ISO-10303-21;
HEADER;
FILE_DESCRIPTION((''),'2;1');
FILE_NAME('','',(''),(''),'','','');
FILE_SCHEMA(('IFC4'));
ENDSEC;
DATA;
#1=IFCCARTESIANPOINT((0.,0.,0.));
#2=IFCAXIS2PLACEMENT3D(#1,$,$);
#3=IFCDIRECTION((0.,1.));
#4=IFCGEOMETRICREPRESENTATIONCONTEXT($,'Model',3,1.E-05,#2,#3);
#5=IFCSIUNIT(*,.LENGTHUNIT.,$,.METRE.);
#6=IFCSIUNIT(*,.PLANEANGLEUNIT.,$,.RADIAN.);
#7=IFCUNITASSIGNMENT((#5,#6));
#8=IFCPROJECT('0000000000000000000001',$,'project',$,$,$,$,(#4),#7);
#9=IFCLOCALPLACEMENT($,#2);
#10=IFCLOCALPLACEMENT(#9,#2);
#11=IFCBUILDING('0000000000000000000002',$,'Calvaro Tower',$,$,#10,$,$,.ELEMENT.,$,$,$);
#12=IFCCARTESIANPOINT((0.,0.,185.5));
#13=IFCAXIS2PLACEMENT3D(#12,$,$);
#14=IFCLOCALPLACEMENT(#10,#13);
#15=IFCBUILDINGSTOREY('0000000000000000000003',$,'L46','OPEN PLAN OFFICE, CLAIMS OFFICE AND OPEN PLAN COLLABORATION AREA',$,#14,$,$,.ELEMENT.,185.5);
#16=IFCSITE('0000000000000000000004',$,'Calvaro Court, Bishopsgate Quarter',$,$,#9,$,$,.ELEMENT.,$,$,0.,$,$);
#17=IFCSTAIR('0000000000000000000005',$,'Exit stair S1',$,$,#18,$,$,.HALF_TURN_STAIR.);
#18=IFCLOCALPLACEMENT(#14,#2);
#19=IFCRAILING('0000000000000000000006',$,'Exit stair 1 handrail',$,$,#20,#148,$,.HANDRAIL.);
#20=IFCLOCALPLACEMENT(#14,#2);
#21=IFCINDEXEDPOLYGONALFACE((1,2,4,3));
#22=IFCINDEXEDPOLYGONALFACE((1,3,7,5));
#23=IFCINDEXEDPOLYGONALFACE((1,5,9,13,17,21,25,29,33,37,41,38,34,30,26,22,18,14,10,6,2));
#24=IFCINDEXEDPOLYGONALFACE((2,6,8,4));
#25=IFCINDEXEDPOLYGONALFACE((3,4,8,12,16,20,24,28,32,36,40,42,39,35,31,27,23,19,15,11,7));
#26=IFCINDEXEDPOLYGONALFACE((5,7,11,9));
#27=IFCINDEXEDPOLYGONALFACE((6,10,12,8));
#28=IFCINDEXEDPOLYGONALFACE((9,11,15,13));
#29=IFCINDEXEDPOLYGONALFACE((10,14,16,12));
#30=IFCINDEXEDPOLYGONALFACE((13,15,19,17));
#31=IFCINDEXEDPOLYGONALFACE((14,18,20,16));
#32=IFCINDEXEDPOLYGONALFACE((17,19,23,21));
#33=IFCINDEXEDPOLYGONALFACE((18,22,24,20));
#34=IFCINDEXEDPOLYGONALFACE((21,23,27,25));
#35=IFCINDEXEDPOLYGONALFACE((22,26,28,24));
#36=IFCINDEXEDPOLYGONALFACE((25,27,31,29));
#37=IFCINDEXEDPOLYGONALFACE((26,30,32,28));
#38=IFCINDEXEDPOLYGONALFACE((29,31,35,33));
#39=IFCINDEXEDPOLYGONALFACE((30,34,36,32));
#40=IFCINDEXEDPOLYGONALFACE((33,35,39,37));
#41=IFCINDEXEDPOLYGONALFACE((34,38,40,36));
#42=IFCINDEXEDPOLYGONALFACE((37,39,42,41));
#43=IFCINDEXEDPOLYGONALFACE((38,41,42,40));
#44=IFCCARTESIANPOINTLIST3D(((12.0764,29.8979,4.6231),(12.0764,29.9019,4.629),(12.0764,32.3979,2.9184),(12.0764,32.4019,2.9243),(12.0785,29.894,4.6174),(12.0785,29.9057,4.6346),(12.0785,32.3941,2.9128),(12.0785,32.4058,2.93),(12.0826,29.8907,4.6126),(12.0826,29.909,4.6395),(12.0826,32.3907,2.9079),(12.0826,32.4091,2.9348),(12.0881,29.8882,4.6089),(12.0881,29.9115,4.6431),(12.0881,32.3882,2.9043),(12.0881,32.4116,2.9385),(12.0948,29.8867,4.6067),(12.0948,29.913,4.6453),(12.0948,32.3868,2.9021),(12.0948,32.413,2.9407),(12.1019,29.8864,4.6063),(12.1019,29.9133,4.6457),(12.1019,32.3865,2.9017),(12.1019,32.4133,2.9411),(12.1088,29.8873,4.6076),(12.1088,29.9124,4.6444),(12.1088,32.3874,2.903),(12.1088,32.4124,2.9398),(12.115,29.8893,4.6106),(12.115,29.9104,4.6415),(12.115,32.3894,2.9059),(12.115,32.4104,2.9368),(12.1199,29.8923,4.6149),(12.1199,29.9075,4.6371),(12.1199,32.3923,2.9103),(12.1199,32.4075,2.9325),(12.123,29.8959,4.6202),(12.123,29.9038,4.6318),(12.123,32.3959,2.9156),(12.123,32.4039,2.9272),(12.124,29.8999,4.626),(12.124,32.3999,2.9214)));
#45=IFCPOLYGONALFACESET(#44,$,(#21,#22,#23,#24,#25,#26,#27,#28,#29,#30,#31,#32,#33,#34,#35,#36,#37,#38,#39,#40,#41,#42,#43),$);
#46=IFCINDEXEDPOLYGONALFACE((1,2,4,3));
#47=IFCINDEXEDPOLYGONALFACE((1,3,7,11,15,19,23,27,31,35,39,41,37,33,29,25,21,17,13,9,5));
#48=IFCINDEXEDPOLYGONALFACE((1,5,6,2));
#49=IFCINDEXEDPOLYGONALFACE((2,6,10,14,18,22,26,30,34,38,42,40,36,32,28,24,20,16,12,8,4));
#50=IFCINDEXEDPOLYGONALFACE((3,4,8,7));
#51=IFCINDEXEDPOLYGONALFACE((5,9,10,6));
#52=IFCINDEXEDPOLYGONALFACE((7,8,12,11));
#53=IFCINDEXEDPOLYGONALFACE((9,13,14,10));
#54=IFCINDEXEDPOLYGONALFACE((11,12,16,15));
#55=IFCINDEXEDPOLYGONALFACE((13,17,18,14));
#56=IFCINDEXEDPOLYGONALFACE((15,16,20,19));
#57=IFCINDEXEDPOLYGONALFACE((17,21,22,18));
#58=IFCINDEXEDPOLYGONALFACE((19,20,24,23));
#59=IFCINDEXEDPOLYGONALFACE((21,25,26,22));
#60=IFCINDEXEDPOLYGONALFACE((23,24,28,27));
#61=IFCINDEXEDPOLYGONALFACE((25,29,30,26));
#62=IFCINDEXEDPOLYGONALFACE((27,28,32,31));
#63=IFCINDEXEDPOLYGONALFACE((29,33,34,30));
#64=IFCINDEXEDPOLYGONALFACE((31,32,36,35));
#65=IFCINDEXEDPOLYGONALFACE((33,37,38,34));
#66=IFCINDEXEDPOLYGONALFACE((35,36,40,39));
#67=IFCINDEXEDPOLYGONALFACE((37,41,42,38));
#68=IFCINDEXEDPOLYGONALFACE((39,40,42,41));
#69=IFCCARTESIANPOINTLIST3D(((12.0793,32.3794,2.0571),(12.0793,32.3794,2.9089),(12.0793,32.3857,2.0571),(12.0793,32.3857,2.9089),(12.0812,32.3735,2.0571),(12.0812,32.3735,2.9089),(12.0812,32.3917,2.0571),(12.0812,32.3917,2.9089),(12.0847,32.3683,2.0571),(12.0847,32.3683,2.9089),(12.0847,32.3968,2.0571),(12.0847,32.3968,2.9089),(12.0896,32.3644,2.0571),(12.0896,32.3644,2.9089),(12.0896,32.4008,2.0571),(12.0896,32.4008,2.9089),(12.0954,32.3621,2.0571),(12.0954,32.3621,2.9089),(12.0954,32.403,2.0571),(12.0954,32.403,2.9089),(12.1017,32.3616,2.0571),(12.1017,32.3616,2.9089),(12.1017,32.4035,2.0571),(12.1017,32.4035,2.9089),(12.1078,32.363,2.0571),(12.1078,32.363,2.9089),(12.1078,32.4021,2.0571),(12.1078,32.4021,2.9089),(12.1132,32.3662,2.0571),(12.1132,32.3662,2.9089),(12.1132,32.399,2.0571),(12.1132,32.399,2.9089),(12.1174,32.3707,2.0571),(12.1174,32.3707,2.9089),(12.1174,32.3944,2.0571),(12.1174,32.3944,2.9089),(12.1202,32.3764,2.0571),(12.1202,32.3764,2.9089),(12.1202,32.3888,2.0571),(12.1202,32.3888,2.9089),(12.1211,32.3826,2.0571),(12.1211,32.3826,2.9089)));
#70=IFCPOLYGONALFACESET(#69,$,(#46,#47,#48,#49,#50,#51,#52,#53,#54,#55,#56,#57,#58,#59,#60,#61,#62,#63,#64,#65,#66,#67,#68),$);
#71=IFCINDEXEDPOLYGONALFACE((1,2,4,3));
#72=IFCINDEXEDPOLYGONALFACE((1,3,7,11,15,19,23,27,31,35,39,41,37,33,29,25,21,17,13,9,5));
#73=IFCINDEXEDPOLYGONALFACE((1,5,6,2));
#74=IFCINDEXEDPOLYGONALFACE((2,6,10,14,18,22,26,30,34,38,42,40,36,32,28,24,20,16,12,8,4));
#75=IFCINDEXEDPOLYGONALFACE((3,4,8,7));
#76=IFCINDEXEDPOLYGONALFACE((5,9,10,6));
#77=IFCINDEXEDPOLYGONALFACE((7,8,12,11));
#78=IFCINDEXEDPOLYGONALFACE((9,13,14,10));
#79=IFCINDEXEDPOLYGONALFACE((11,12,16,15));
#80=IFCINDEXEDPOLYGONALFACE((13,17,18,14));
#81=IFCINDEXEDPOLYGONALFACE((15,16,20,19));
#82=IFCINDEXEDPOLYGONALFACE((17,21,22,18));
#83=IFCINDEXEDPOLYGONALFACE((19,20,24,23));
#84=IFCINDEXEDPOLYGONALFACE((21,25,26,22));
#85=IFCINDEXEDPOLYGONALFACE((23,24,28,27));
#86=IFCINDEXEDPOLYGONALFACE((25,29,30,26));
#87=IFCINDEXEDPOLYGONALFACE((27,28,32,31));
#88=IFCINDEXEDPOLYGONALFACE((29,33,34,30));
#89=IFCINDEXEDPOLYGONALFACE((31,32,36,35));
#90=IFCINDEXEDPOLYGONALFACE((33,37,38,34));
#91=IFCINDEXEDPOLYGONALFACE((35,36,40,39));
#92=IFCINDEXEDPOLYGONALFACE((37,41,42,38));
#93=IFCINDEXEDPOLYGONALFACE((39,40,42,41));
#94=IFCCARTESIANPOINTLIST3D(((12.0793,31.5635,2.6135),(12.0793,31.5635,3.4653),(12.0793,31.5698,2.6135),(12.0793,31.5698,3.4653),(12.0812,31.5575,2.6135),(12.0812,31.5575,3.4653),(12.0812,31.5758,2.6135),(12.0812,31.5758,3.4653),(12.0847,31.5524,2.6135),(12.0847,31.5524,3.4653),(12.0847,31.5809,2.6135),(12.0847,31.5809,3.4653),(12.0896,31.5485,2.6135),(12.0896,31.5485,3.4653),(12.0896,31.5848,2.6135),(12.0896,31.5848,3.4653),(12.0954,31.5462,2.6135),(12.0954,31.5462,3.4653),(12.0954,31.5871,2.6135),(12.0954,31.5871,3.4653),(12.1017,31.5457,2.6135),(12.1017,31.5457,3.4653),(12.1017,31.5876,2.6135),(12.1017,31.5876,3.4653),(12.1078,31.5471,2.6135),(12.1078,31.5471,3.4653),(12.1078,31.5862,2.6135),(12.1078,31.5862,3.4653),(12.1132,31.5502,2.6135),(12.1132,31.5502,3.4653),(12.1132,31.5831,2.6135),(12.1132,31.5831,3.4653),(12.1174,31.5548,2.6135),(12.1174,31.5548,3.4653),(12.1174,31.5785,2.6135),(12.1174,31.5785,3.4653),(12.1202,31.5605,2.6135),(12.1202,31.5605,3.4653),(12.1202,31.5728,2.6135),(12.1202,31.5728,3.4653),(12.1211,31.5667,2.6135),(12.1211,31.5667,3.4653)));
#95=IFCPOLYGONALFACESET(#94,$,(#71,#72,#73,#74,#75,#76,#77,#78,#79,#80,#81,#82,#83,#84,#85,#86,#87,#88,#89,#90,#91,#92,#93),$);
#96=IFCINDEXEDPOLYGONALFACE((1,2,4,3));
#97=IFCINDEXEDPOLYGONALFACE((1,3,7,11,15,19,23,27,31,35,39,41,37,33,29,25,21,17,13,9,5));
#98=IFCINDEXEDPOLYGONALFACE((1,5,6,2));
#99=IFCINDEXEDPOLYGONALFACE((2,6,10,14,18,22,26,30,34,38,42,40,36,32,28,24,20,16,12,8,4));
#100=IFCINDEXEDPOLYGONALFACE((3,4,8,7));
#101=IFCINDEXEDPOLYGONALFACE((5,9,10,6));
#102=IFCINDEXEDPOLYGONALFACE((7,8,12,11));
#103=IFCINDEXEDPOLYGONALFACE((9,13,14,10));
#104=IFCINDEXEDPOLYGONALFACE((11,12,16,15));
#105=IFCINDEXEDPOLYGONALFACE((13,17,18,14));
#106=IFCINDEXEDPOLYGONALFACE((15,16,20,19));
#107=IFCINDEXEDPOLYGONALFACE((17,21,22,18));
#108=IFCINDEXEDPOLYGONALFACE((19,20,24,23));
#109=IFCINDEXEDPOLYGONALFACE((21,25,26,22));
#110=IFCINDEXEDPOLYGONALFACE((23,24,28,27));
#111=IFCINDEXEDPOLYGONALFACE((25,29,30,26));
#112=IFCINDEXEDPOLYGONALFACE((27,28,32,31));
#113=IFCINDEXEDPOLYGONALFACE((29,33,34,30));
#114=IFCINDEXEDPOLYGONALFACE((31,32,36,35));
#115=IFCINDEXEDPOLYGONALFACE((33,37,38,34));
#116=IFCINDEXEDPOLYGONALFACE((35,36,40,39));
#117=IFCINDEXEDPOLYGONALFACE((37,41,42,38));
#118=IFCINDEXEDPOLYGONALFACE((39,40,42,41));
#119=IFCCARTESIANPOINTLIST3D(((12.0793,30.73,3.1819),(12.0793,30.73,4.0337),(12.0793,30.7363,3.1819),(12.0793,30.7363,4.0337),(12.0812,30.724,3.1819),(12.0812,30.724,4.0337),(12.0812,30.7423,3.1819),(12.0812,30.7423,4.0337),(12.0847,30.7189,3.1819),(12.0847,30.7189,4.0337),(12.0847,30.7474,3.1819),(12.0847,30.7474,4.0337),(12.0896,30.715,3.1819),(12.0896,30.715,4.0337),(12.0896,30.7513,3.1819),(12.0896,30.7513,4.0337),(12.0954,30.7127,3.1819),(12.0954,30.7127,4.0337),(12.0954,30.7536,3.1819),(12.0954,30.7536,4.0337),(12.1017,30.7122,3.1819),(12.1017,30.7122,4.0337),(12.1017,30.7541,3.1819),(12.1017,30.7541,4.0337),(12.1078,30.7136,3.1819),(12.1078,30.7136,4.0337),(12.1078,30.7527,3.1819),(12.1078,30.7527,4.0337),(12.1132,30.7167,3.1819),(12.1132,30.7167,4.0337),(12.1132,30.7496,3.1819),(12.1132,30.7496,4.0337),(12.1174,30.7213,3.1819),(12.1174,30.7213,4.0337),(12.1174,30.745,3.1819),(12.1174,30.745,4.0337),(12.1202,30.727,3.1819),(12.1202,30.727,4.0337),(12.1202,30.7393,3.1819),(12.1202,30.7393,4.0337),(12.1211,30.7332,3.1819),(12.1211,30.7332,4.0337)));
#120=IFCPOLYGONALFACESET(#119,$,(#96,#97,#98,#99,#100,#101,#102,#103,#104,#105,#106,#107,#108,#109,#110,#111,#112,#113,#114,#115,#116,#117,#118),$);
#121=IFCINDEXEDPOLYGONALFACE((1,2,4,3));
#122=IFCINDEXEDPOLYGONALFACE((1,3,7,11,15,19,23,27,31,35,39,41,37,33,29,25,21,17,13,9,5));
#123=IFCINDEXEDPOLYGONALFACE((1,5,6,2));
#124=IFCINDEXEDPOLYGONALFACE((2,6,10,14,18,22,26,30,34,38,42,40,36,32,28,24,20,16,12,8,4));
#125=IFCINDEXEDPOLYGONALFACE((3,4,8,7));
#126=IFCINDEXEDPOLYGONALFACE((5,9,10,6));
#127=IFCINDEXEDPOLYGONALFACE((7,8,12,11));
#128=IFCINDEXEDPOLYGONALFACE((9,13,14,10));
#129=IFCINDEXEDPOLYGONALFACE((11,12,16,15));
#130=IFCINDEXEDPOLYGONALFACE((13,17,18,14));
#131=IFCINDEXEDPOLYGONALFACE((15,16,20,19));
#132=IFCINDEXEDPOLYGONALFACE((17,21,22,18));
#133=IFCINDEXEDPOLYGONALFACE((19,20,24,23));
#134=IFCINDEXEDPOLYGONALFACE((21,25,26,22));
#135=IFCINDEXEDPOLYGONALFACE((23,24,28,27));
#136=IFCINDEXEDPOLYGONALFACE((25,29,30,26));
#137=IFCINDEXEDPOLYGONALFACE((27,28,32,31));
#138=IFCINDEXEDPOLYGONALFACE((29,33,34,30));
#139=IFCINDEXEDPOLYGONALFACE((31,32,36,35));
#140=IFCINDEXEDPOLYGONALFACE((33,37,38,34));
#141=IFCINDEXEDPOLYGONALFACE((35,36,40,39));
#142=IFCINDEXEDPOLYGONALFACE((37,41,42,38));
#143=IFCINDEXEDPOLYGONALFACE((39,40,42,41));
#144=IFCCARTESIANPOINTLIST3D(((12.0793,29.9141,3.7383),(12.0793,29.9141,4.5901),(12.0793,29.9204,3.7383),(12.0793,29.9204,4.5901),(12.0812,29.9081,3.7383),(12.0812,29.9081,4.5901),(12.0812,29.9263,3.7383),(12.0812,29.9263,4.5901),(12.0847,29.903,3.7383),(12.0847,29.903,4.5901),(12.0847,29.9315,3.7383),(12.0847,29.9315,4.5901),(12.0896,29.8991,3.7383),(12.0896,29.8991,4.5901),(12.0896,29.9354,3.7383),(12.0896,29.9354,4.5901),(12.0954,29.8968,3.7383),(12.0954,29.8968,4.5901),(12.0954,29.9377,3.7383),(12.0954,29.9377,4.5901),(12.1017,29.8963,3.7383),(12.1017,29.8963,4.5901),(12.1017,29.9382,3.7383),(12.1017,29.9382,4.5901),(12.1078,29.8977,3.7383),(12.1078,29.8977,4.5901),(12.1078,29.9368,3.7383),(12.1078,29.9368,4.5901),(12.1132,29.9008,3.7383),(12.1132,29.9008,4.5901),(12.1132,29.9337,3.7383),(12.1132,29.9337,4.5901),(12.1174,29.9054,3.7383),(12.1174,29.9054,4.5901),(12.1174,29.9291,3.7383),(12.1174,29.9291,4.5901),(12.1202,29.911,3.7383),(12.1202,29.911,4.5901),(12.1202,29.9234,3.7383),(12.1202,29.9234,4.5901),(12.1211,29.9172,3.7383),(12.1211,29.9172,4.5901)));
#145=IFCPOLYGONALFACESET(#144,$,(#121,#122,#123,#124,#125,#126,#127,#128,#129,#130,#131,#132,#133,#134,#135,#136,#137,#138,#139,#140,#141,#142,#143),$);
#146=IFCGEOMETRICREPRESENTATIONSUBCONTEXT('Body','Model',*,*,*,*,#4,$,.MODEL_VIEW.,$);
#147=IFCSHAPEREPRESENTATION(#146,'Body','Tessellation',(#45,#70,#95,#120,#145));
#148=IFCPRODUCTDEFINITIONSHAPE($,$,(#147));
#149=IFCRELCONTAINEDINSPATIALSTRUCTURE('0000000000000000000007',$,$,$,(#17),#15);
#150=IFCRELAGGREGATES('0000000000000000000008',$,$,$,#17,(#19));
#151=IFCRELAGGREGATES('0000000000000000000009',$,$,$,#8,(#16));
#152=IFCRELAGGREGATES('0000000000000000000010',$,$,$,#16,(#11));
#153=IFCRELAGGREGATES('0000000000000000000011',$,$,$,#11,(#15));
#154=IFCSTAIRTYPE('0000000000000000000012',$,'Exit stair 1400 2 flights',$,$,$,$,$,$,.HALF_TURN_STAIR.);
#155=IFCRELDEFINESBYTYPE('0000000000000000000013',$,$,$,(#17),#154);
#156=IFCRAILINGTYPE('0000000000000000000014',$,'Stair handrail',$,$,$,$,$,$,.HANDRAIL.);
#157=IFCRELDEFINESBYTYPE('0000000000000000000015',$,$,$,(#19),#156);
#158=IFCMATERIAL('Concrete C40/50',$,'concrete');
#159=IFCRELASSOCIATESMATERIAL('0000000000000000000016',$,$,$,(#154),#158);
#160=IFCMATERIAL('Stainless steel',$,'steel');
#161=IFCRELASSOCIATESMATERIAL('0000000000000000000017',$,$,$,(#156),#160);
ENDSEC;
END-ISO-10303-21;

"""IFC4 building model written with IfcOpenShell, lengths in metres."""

from ifc_helpers import new_model, si_unit, direction, frame, origin, origin_2d, place, context, subcontext, project, spatial, circle, extrude, material, type_object, element, aggregate, save


model = new_model("IFC4")

# Units and contexts
model_context = context("Model", 3, precision=1e-05, world=origin(), true_north=direction((0.0, 1.0)))
body_context = subcontext(model_context, "Body", "Model", "MODEL_VIEW")
ifc_project = project(units=[si_unit("LENGTHUNIT", "METRE"), si_unit("PLANEANGLEUNIT", "RADIAN")], contexts=[model_context])

# Site, building, storey
site_placement = place(None, origin())
site = spatial("IfcSite", under=ifc_project, at=site_placement, Name="Calvaro Court, Bishopsgate Quarter", CompositionType="ELEMENT", RefElevation=0.0)
building_placement = place(site_placement, origin())
building = spatial("IfcBuilding", under=site, at=building_placement, Name="Calvaro Tower", CompositionType="ELEMENT")
storey_placement = place(building_placement, frame((0.0, 0.0, 185.5)))
storey = spatial("IfcBuildingStorey", under=building, at=storey_placement, Name="L46", Description="OPEN PLAN OFFICE, CLAIMS OFFICE AND OPEN PLAN COLLABORATION AREA", CompositionType="ELEMENT", Elevation=185.5)

# Stair, railing
ifc_material_1 = material(Name="Concrete C40/50", Category="concrete")
stair_type = type_object("IfcStairType", Name="Exit stair 1400 2 flights", PredefinedType="HALF_TURN_STAIR", material=ifc_material_1)
stair_placement = place(storey_placement, origin())
stair = element("IfcStair", 1, at=stair_placement, inside=storey, type_object=stair_type, Name="Exit stair S1", PredefinedType="HALF_TURN_STAIR")
ifc_material_2 = material(Name="Stainless steel", Category="steel")
railing_type = type_object("IfcRailingType", Name="Stair handrail", PredefinedType="HANDRAIL", material=ifc_material_2)
railing_1_placement = place(storey_placement, frame((12.1001, 32.3999, 2.0454)))
railing_1 = element("IfcRailing", 2, at=railing_1_placement, type_object=railing_type, Name="Exit stair 1 handrail", PredefinedType="HANDRAIL", context=body_context, shape_type="SweptSolid", body=[
    extrude(circle(Radius=0.0239, at=origin_2d()), frame((0.0, 0.0, 0.876), z_axis=(0.0, -0.826221, 0.563347), x_axis=(1.0, 0.0, 0.0)), (0.0, 0.0, 1.0), 3.0259),
    extrude(circle(Radius=0.021, at=origin_2d()), frame((0.0, -0.0173, 0.0117)), (0.0, 0.0, 1.0), 0.8518),
    extrude(circle(Radius=0.021, at=origin_2d()), frame((0.0, -0.8333, 0.5681)), (0.0, 0.0, 1.0), 0.8518),
    extrude(circle(Radius=0.021, at=origin_2d()), frame((0.0, -1.6667, 1.1365)), (0.0, 0.0, 1.0), 0.8518),
    extrude(circle(Radius=0.021, at=origin_2d()), frame((0.0, -2.4827, 1.6929)), (0.0, 0.0, 1.0), 0.8518),
])
aggregate(stair, [railing_1])

save(model, "model.ifc")
